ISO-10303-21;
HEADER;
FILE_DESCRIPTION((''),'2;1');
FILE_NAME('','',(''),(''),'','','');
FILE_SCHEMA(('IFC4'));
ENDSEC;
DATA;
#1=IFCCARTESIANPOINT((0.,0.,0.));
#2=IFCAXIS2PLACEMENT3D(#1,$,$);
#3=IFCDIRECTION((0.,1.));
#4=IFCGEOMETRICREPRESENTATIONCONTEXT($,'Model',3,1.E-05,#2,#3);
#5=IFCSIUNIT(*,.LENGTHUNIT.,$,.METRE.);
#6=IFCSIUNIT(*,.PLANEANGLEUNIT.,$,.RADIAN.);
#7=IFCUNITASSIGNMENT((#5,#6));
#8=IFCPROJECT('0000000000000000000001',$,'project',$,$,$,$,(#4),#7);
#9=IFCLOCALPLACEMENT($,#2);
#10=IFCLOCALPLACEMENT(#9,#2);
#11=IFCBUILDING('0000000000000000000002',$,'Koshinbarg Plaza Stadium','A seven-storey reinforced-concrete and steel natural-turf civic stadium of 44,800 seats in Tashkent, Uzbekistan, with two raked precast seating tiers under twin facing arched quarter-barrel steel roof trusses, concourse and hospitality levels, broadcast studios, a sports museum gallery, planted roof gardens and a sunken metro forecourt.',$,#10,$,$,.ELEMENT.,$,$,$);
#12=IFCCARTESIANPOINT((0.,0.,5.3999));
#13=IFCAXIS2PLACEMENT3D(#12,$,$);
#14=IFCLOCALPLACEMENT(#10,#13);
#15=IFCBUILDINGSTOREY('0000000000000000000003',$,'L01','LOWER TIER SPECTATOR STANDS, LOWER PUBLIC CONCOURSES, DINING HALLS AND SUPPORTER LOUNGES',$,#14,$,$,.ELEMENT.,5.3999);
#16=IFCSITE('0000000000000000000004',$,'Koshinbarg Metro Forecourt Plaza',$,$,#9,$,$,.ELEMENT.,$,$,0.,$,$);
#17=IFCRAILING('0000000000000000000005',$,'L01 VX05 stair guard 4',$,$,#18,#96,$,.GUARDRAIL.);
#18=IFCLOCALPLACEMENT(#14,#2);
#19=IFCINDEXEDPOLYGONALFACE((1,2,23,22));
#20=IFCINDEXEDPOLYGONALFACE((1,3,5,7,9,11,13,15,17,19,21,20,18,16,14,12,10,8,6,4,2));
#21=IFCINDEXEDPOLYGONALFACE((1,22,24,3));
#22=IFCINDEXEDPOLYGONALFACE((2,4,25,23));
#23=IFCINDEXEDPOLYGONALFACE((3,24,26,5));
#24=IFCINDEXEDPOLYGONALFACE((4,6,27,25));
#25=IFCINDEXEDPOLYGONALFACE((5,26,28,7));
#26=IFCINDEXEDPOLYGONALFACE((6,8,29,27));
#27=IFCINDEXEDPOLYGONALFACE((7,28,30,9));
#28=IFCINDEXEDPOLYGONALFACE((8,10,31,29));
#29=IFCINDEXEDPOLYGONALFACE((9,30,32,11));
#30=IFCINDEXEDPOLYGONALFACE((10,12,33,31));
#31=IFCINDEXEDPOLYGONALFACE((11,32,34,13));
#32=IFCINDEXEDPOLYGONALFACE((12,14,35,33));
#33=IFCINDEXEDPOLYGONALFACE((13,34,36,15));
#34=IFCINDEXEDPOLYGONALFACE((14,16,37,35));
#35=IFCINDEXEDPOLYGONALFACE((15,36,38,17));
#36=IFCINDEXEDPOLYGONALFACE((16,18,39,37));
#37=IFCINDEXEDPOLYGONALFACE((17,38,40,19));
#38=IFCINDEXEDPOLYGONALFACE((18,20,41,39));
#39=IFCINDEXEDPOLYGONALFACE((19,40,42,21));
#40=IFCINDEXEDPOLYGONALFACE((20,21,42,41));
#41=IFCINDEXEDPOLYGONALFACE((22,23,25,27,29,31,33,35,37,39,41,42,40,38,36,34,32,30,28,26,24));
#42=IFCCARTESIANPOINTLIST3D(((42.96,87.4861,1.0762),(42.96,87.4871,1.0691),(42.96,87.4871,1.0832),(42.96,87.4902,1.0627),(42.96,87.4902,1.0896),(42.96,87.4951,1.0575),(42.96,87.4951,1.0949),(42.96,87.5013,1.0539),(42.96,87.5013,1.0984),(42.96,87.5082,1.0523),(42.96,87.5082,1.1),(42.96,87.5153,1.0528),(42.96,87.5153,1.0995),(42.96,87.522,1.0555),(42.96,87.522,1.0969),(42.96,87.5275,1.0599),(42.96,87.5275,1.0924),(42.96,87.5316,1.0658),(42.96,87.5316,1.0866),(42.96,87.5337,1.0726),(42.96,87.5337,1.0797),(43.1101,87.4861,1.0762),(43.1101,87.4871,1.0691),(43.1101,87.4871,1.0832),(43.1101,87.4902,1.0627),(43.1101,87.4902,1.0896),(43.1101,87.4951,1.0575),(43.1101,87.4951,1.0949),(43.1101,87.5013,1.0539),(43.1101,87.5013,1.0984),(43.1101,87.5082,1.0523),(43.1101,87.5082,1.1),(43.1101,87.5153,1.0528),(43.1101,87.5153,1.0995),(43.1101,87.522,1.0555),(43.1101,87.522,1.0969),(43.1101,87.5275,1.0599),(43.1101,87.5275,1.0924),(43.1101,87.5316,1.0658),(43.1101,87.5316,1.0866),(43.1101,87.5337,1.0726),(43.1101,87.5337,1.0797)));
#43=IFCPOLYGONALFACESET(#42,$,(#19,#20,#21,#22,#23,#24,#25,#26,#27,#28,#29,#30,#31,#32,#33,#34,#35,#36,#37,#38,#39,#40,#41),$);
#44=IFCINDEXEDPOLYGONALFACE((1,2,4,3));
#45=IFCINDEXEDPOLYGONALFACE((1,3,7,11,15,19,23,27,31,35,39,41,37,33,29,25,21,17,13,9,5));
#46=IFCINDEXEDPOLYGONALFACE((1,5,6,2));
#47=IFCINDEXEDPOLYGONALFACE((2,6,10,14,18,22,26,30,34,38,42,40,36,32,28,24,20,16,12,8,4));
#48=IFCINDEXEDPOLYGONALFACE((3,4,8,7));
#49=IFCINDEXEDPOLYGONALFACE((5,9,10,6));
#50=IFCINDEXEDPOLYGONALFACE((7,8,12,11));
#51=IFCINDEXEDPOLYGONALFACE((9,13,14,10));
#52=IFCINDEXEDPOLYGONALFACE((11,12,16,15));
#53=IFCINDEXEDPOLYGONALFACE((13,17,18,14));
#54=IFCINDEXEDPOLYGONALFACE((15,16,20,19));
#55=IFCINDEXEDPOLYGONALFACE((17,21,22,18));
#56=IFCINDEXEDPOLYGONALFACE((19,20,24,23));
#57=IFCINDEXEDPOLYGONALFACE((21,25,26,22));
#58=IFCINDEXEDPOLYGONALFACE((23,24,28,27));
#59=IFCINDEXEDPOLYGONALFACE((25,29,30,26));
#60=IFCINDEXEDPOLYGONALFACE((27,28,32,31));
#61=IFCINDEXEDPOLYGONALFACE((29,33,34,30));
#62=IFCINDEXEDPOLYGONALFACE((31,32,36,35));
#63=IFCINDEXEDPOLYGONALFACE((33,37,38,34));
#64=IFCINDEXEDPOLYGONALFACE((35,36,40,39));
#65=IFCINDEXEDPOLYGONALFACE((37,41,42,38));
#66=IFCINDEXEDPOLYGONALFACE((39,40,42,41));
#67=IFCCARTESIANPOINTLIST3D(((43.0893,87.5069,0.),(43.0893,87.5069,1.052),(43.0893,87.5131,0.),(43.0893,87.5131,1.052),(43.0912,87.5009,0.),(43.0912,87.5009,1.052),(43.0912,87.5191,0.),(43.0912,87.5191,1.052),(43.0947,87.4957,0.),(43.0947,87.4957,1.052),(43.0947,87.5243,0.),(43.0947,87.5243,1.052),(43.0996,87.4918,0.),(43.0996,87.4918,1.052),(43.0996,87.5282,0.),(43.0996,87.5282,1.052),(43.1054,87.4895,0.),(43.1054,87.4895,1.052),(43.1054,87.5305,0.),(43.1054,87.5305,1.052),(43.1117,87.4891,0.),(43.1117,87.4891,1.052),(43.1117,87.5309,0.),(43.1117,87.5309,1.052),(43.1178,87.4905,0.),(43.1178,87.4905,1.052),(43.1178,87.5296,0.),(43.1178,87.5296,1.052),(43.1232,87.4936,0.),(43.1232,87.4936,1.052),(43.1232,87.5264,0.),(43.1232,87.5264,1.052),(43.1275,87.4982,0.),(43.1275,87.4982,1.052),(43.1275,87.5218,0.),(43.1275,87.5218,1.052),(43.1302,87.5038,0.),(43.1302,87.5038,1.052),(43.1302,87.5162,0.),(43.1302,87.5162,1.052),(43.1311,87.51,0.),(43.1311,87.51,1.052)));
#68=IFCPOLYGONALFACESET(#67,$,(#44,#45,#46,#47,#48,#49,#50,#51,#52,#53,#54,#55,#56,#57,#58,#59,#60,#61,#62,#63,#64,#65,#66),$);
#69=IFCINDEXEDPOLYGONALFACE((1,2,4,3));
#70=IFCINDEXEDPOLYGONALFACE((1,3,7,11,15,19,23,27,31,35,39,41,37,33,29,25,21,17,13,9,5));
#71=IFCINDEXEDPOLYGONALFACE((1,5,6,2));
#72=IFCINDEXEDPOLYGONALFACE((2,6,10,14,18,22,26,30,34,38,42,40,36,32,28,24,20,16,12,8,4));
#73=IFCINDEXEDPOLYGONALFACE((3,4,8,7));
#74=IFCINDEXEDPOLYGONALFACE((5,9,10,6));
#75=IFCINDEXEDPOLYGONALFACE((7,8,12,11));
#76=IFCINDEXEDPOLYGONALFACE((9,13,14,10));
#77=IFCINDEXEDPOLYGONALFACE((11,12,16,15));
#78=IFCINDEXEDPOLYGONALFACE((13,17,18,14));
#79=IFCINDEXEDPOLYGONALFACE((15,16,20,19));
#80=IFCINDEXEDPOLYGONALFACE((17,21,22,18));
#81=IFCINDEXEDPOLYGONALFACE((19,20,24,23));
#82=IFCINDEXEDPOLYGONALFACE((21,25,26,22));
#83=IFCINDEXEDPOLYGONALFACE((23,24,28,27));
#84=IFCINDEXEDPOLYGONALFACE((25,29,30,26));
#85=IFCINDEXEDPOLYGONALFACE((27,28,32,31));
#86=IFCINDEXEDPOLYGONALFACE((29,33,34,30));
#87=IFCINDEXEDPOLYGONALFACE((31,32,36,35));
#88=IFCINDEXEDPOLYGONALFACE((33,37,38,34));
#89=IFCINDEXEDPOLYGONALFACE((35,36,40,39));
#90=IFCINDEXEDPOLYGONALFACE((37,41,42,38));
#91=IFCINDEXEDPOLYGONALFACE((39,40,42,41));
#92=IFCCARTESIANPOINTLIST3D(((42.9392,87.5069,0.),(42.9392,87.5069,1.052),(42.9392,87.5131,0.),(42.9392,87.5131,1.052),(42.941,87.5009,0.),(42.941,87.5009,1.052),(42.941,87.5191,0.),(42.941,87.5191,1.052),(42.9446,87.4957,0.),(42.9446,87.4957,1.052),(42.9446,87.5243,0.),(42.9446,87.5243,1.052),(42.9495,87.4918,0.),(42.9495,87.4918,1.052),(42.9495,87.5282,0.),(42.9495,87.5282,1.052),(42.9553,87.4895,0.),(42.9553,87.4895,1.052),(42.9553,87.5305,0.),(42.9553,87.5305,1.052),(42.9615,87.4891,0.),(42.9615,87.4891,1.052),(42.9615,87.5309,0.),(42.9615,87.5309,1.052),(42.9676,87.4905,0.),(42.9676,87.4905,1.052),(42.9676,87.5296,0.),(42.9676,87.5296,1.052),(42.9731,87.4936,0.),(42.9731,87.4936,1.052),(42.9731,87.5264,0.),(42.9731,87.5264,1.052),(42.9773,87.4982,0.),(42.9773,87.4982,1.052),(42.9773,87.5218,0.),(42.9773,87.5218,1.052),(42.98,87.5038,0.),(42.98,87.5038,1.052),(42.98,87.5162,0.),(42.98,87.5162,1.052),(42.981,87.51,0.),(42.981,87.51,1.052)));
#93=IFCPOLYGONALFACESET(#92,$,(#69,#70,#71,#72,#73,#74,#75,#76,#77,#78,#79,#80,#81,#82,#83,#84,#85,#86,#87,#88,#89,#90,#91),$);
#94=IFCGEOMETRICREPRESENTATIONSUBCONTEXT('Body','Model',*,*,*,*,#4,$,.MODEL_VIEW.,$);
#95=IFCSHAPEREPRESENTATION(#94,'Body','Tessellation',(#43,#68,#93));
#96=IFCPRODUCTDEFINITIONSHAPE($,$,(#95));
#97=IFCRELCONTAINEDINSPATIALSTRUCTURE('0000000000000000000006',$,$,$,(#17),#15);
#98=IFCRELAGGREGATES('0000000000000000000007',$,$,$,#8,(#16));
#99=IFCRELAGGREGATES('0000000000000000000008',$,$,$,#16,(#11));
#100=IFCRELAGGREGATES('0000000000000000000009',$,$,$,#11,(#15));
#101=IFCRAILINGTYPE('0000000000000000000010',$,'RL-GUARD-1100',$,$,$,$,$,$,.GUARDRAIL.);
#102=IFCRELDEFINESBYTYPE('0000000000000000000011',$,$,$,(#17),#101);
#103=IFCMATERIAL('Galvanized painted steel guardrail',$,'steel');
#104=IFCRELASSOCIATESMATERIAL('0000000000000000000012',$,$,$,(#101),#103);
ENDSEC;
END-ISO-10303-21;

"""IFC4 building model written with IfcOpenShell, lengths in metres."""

from ifc_helpers import new_model, si_unit, direction, frame, origin, origin_2d, place, context, subcontext, project, spatial, circle, extrude, material, type_object, element, save


model = new_model("IFC4")

# Units and contexts
model_context = context("Model", 3, precision=1e-05, world=origin(), true_north=direction((0.0, 1.0)))
body_context = subcontext(model_context, "Body", "Model", "MODEL_VIEW")
ifc_project = project(units=[si_unit("LENGTHUNIT", "METRE"), si_unit("PLANEANGLEUNIT", "RADIAN")], contexts=[model_context])

# Site, building, storey
site_placement = place(None, origin())
site = spatial("IfcSite", under=ifc_project, at=site_placement, Name="Koshinbarg Metro Forecourt Plaza", CompositionType="ELEMENT", RefElevation=0.0)
building_placement = place(site_placement, origin())
building = spatial("IfcBuilding", under=site, at=building_placement, Name="Koshinbarg Plaza Stadium", Description="A seven-storey reinforced-concrete and steel natural-turf civic stadium of 44,800 seats in Tashkent, Uzbekistan, with two raked precast seating tiers under twin facing arched quarter-barrel steel roof trusses, concourse and hospitality levels, broadcast studios, a sports museum gallery, planted roof gardens and a sunken metro forecourt.", CompositionType="ELEMENT")
storey_placement = place(building_placement, frame((0.0, 0.0, 5.3999)))
storey = spatial("IfcBuildingStorey", under=building, at=storey_placement, Name="L01", Description="LOWER TIER SPECTATOR STANDS, LOWER PUBLIC CONCOURSES, DINING HALLS AND SUPPORTER LOUNGES", CompositionType="ELEMENT", Elevation=5.3999)

# Railing
ifc_material_1 = material(Name="Galvanized painted steel guardrail", Category="steel")
railing_type_1 = type_object("IfcRailingType", Name="RL-GUARD-1100", PredefinedType="GUARDRAIL", material=ifc_material_1)
railing_1_placement = place(storey_placement, frame((43.1101, 87.51, 0.0)))
element("IfcRailing", 1, at=railing_1_placement, inside=storey, type_object=railing_type_1, Name="L01 VX05 stair guard 4", PredefinedType="GUARDRAIL", context=body_context, shape_type="SweptSolid", body=[
    extrude(circle(Radius=0.0239, at=origin_2d()), frame((0.0, 0.0, 1.0762), z_axis=(-1.0, 0.0, 0.0), x_axis=(0.0, -1.0, 0.0)), (0.0, 0.0, 1.0), 0.1501),
    extrude(circle(Radius=0.021, at=origin_2d()), origin(), (0.0, 0.0, 1.0), 1.052),
    extrude(circle(Radius=0.021, at=origin_2d()), frame((-0.1501, 0.0, 0.0)), (0.0, 0.0, 1.0), 1.052),
])

save(model, "model.ifc")
